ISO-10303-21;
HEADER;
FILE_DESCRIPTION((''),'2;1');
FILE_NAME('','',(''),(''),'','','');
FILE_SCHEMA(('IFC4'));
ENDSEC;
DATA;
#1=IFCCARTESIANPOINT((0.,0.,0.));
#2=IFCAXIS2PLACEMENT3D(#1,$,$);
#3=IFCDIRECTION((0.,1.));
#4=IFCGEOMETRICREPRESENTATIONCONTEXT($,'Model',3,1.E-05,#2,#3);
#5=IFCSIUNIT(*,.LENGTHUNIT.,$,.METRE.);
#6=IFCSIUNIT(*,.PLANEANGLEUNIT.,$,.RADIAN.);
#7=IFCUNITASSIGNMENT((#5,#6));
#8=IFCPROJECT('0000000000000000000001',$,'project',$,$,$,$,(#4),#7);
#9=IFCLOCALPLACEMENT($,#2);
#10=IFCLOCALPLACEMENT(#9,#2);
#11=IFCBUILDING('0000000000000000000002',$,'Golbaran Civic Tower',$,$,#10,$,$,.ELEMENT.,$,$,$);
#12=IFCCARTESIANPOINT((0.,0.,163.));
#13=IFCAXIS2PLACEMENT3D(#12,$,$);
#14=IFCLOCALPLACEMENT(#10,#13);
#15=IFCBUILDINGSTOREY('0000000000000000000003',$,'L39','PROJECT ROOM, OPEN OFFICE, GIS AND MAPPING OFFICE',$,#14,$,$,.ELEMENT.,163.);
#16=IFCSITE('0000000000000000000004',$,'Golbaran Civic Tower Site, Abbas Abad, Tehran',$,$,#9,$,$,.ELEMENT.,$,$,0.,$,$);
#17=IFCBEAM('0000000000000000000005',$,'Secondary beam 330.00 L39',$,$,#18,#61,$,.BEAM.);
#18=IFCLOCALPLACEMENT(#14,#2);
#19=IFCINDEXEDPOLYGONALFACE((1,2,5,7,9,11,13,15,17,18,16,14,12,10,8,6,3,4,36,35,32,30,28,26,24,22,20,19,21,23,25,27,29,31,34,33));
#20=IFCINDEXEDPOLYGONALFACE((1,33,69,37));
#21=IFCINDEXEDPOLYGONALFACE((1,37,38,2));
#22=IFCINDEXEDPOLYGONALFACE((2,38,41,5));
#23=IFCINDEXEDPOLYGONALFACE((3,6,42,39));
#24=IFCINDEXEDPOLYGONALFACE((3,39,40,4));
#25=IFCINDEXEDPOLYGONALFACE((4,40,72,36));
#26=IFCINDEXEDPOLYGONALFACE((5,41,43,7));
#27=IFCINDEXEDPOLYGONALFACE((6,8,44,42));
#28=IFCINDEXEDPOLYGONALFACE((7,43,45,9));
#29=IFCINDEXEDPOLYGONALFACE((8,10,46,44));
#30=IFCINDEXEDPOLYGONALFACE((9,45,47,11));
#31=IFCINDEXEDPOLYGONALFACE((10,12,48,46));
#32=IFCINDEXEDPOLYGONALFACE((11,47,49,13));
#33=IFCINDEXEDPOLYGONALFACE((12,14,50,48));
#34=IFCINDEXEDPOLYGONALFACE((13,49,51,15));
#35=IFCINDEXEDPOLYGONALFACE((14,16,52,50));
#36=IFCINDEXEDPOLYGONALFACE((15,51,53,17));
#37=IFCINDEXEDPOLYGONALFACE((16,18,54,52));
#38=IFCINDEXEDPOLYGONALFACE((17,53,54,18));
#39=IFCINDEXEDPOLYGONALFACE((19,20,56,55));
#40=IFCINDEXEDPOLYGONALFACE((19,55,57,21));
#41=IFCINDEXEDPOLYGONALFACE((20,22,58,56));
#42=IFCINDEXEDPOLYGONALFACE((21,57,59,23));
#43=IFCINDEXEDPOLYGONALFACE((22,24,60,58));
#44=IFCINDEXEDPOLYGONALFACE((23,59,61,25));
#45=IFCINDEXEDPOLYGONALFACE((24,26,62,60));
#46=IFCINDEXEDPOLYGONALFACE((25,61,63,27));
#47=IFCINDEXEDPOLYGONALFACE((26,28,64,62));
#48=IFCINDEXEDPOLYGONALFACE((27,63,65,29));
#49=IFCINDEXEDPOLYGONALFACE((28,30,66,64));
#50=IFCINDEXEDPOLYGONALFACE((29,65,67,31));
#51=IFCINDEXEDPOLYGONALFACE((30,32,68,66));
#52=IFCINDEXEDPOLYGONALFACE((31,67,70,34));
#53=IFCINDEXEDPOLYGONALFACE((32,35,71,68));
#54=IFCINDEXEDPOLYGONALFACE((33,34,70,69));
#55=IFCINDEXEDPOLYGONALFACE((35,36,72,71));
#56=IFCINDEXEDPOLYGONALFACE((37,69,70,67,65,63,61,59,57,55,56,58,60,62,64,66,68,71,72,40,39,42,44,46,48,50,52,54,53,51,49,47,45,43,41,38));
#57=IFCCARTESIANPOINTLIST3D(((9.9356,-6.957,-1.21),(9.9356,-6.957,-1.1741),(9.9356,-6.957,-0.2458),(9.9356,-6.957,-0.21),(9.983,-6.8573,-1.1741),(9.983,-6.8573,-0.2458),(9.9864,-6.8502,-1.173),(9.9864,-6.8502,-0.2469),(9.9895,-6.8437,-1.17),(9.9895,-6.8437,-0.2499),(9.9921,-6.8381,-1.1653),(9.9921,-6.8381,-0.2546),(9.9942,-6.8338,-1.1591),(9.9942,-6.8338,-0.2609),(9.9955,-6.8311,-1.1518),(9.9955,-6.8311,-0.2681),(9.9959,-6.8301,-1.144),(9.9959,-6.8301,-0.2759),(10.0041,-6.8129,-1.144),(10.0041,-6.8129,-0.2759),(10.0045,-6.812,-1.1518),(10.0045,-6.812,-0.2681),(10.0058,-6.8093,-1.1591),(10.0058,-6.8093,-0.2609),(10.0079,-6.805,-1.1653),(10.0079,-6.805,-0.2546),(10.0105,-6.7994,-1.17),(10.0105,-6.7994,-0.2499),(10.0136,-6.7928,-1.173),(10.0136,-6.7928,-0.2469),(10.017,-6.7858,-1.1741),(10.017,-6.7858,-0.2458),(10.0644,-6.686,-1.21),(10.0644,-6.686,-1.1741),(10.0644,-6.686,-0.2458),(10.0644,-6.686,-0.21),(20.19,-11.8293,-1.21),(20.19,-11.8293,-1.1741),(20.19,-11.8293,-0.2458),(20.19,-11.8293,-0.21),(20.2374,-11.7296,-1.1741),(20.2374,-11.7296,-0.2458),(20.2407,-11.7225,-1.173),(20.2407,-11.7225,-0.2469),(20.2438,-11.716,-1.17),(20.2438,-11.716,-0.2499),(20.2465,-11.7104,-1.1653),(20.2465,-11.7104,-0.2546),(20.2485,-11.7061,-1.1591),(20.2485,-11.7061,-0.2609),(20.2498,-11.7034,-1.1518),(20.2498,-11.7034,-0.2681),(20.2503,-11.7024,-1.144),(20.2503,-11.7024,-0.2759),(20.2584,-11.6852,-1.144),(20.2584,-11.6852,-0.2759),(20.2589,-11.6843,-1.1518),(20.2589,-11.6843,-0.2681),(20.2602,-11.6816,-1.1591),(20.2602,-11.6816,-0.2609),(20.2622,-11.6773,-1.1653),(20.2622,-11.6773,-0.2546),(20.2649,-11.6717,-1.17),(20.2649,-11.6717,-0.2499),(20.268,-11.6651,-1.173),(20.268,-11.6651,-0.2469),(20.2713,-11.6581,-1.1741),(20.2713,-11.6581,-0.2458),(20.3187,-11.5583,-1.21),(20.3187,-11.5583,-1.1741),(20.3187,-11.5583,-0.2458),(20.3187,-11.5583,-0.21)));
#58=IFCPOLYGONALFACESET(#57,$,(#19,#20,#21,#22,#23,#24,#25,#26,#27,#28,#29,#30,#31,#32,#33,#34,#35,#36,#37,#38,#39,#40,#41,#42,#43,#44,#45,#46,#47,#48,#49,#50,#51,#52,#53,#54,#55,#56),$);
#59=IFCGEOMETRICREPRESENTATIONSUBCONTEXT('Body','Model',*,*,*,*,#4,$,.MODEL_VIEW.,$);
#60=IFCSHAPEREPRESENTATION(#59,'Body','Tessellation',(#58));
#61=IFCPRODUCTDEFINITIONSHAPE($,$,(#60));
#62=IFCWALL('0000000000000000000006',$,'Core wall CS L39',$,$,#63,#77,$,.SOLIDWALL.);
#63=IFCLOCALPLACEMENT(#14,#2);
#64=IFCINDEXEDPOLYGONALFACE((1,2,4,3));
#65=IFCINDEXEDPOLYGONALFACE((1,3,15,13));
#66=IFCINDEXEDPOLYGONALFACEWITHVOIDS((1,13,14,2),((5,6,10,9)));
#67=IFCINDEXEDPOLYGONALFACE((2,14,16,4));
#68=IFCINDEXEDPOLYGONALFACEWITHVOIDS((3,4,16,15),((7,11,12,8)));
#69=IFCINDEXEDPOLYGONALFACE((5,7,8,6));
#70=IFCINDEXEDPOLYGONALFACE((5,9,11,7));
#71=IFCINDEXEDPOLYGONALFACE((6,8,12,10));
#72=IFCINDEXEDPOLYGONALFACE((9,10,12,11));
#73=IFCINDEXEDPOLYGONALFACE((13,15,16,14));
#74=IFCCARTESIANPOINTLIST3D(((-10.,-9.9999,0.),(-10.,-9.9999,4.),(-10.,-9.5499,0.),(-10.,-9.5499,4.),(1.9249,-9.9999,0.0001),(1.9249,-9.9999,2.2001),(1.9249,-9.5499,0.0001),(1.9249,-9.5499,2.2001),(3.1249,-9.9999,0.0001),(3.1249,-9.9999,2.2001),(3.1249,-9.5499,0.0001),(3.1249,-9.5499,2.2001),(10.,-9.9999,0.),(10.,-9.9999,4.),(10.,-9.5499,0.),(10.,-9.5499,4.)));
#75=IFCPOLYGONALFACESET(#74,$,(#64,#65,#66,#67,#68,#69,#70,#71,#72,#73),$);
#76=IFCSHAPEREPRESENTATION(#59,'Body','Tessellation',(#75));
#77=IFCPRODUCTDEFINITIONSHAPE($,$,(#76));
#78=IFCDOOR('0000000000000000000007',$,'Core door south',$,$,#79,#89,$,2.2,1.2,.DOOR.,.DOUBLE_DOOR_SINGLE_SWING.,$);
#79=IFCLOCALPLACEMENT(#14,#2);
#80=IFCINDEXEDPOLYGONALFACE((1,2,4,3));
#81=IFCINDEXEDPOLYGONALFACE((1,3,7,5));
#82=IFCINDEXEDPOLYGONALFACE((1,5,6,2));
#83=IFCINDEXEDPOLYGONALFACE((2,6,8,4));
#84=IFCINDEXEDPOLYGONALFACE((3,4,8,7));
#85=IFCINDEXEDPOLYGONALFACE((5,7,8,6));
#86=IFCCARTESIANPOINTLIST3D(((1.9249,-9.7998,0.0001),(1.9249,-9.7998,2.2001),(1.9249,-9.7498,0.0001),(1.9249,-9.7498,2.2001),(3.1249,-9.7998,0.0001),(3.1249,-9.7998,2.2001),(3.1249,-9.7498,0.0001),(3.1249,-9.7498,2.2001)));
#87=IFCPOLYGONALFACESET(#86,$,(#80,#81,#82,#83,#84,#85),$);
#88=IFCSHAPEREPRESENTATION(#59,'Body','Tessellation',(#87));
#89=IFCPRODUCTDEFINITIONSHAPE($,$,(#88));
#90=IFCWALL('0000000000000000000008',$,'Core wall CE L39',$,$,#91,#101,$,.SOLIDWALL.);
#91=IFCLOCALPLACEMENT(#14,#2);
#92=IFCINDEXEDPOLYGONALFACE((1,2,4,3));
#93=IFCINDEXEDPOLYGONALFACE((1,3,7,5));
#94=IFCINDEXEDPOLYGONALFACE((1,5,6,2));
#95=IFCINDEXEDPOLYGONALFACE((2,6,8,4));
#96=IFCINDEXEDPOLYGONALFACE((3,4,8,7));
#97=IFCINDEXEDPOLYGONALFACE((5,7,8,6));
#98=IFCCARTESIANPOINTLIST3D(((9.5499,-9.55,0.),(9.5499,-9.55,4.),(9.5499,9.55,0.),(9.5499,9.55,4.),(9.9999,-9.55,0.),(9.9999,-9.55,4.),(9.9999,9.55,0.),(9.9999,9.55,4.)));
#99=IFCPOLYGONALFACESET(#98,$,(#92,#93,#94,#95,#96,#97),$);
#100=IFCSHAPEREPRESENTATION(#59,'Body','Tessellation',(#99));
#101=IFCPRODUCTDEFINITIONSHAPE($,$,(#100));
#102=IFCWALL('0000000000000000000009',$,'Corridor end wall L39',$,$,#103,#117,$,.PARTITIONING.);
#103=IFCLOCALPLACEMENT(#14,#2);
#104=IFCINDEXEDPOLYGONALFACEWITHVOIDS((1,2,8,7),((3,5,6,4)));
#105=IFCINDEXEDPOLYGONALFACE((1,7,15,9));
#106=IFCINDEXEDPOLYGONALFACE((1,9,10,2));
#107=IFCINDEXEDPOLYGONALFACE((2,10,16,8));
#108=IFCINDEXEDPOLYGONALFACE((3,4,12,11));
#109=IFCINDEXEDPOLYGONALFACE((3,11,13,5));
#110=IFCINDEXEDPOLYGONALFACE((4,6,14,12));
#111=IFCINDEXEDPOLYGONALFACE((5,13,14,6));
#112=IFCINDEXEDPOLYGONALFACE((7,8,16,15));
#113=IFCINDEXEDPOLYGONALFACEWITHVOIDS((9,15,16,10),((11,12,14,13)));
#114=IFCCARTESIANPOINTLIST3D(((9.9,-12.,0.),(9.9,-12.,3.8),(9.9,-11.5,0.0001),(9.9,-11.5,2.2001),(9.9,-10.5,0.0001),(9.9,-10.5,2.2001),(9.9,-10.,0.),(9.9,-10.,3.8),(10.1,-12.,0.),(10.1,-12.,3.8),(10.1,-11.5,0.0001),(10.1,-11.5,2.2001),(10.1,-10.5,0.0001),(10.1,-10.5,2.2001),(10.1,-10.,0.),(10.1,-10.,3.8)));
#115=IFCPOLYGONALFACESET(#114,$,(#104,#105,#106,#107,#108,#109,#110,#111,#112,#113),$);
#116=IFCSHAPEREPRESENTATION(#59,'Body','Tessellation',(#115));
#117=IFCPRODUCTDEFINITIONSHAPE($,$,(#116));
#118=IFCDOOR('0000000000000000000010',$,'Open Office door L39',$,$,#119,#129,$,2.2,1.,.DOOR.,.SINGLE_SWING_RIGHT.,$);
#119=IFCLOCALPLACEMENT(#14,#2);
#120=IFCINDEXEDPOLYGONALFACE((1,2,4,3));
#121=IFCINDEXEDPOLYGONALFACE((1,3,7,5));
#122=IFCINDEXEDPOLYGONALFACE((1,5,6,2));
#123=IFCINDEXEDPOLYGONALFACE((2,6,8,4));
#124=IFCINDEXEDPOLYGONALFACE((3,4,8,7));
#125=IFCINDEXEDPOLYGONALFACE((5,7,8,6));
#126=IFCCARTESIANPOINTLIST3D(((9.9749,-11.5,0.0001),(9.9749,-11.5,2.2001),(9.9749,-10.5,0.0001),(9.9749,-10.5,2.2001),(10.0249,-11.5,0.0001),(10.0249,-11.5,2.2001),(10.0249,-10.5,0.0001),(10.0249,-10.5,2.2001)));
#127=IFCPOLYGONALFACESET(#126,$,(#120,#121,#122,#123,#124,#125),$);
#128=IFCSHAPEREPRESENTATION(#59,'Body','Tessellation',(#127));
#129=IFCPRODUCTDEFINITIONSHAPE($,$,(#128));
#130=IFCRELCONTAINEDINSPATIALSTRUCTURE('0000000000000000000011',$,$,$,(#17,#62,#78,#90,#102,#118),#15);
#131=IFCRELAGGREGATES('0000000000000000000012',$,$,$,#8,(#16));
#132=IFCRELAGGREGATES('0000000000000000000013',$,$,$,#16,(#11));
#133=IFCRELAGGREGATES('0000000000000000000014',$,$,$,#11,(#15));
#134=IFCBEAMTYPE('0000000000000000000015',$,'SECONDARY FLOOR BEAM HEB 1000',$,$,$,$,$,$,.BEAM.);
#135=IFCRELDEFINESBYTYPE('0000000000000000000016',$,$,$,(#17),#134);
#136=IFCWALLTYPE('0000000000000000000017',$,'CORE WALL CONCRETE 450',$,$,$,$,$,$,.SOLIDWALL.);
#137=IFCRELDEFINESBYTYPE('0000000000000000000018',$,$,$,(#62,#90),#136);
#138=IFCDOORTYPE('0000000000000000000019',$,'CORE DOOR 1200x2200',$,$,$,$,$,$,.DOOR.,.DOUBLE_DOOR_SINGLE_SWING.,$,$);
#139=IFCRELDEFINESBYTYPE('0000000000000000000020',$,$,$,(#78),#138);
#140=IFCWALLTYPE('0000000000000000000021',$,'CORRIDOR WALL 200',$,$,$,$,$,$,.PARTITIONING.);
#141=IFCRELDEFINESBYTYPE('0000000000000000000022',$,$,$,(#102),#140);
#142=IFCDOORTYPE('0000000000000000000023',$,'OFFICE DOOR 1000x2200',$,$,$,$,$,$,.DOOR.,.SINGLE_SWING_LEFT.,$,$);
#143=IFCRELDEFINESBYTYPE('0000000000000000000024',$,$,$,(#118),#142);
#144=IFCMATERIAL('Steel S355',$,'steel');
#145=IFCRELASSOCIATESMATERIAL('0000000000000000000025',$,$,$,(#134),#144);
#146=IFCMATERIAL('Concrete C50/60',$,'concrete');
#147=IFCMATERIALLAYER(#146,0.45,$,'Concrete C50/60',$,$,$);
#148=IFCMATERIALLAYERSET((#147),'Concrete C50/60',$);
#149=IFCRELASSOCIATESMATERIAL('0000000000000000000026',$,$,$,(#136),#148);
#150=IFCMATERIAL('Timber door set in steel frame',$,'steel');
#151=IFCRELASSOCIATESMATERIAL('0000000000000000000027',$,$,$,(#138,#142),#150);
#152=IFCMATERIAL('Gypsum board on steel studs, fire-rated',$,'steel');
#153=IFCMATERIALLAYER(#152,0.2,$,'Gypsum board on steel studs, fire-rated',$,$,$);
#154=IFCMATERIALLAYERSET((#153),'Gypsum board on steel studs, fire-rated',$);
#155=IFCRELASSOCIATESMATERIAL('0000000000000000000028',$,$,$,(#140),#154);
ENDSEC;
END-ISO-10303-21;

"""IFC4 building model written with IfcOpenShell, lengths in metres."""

from ifc_helpers import new_model, si_unit, direction, frame, frame_2d, origin, origin_2d, place, context, subcontext, project, spatial, rectangle, i_section, extrude, material, layer, layer_set, material_profile, profile_set, type_object, element, fill, save


model = new_model("IFC4")

# Units and contexts
model_context = context("Model", 3, precision=1e-05, world=origin(), true_north=direction((0.0, 1.0)))
body_context = subcontext(model_context, "Body", "Model", "MODEL_VIEW")
ifc_project = project(units=[si_unit("LENGTHUNIT", "METRE"), si_unit("PLANEANGLEUNIT", "RADIAN")], contexts=[model_context])

# Site, building, storey
site_placement = place(None, origin())
site = spatial("IfcSite", under=ifc_project, at=site_placement, Name="Golbaran Civic Tower Site, Abbas Abad, Tehran", CompositionType="ELEMENT", RefElevation=0.0)
building_placement = place(site_placement, origin())
building = spatial("IfcBuilding", under=site, at=building_placement, Name="Golbaran Civic Tower", CompositionType="ELEMENT")
storey_placement = place(building_placement, frame((0.0, 0.0, 163.0)))
storey = spatial("IfcBuildingStorey", under=building, at=storey_placement, Name="L39", Description="PROJECT ROOM, OPEN OFFICE, GIS AND MAPPING OFFICE", CompositionType="ELEMENT", Elevation=163.0)

# Beam
ifc_material_1 = material(Name="Steel S355", Category="steel")
ifc_material_profile_1 = material_profile(ifc_material_1, i_section(OverallWidth=0.3, OverallDepth=1.0, WebThickness=0.019, FlangeThickness=0.0359, FilletRadius=0.03, at=origin_2d()), Name="HEB 1000")
ifc_profile_set_1 = profile_set([ifc_material_profile_1], Name="Steel S355")
beam_type_1 = type_object("IfcBeamType", Name="SECONDARY FLOOR BEAM HEB 1000", PredefinedType="BEAM", material=ifc_profile_set_1)
beam_1_placement = place(storey_placement, frame((10.0, -6.8215, -0.71), z_axis=(0.903227, -0.429163, 0.0), x_axis=(0.429163, 0.903227, 0.0)))
element("IfcBeam", 1, at=beam_1_placement, inside=storey, type_object=beam_type_1, Name="Secondary beam 330.00 L39", PredefinedType="BEAM", context=body_context, shape_type="SweptSolid", body=[
    extrude(i_section(OverallWidth=0.3, OverallDepth=1.0, WebThickness=0.019, FlangeThickness=0.0359, FilletRadius=0.03, at=origin_2d()), origin(), (0.0, 0.0, 1.0), 11.353),
])

# Wall, opening, door
ifc_material_2 = material(Name="Concrete C50/60", Category="concrete")
ifc_layer_1 = layer(ifc_material_2, 0.45, Name="Concrete C50/60")
ifc_layer_set_1 = layer_set([ifc_layer_1], Name="Concrete C50/60")
wall_type_1 = type_object("IfcWallType", Name="CORE WALL CONCRETE 450", PredefinedType="SOLIDWALL", material=ifc_layer_set_1)
wall_1_placement = place(storey_placement, frame((10.0, -9.7749, 0.0), z_axis=(0.0, 0.0, 1.0), x_axis=(-1.0, 0.0, 0.0)))
wall_1 = element("IfcWall", 2, at=wall_1_placement, inside=storey, type_object=wall_type_1, Name="Core wall CS L39", PredefinedType="SOLIDWALL", context=body_context, shape_type="SweptSolid", body=[
    extrude(rectangle(XDim=20.0, YDim=0.45, at=frame_2d((10.0, 0.0))), origin(), (0.0, 0.0, 1.0), 4.0),
])
opening_1_placement = place(wall_1_placement, frame((6.875, 0.0, 0.0)))
opening_1 = element("IfcOpeningElement", 3, at=opening_1_placement, cuts=wall_1, PredefinedType="OPENING", context=body_context, shape_type="SweptSolid", body=[
    extrude(rectangle(XDim=1.2, YDim=2.2, at=frame_2d((0.6001, 1.1001))), frame((0.0, 0.2349, 0.0), z_axis=(0.0, -1.0, 0.0), x_axis=(1.0, 0.0, 0.0)), (0.0, 0.0, 1.0), 0.47),
])
ifc_material_3 = material(Name="Timber door set in steel frame", Category="steel")
door_type_1 = type_object("IfcDoorType", Name="CORE DOOR 1200x2200", OperationType="DOUBLE_DOOR_SINGLE_SWING", PredefinedType="DOOR", material=ifc_material_3)
door_1_placement = place(opening_1_placement, origin())
door_1 = element("IfcDoor", 4, at=door_1_placement, inside=storey, type_object=door_type_1, Name="Core door south", OperationType="DOUBLE_DOOR_SINGLE_SWING", OverallHeight=2.2, OverallWidth=1.2, PredefinedType="DOOR", context=body_context, shape_type="SweptSolid", body=[
    extrude(rectangle(XDim=1.2, YDim=2.2, at=frame_2d((0.6001, 1.1001))), frame((0.0, 0.0249, 0.0), z_axis=(0.0, -1.0, 0.0), x_axis=(1.0, 0.0, 0.0)), (0.0, 0.0, 1.0), 0.05),
])
fill(opening_1, door_1)

# Wall
wall_2_placement = place(storey_placement, frame((9.7749, -9.55, 0.0), z_axis=(0.0, 0.0, 1.0), x_axis=(0.0, 1.0, 0.0)))
element("IfcWall", 5, at=wall_2_placement, inside=storey, type_object=wall_type_1, Name="Core wall CE L39", PredefinedType="SOLIDWALL", context=body_context, shape_type="SweptSolid", body=[
    extrude(rectangle(XDim=19.1001, YDim=0.45, at=frame_2d((9.55, 0.0))), origin(), (0.0, 0.0, 1.0), 4.0),
])

# Wall, opening, door
ifc_material_4 = material(Name="Gypsum board on steel studs, fire-rated", Category="steel")
ifc_layer_2 = layer(ifc_material_4, 0.2, Name="Gypsum board on steel studs, fire-rated")
ifc_layer_set_2 = layer_set([ifc_layer_2], Name="Gypsum board on steel studs, fire-rated")
wall_type_2 = type_object("IfcWallType", Name="CORRIDOR WALL 200", PredefinedType="PARTITIONING", material=ifc_layer_set_2)
wall_3_placement = place(storey_placement, frame((10.0, -10.0, 0.0), z_axis=(0.0, 0.0, 1.0), x_axis=(0.0, -1.0, 0.0)))
wall_3 = element("IfcWall", 6, at=wall_3_placement, inside=storey, type_object=wall_type_2, Name="Corridor end wall L39", PredefinedType="PARTITIONING", context=body_context, shape_type="SweptSolid", body=[
    extrude(rectangle(XDim=2.0, YDim=0.2, at=frame_2d((1.0, 0.0))), origin(), (0.0, 0.0, 1.0), 3.8),
])
opening_2_placement = place(wall_3_placement, frame((0.5, 0.0, 0.0)))
opening_2 = element("IfcOpeningElement", 7, at=opening_2_placement, cuts=wall_3, PredefinedType="OPENING", context=body_context, shape_type="SweptSolid", body=[
    extrude(rectangle(XDim=1.0, YDim=2.2, at=frame_2d((0.5, 1.1001))), frame((0.0, 0.1099, 0.0), z_axis=(0.0, -1.0, 0.0), x_axis=(1.0, 0.0, 0.0)), (0.0, 0.0, 1.0), 0.22),
])
door_type_2 = type_object("IfcDoorType", Name="OFFICE DOOR 1000x2200", OperationType="SINGLE_SWING_LEFT", PredefinedType="DOOR", material=ifc_material_3)
door_2_placement = place(opening_2_placement, origin())
door_2 = element("IfcDoor", 8, at=door_2_placement, inside=storey, type_object=door_type_2, Name="Open Office door L39", OperationType="SINGLE_SWING_RIGHT", OverallHeight=2.2, OverallWidth=1.0, PredefinedType="DOOR", context=body_context, shape_type="SweptSolid", body=[
    extrude(rectangle(XDim=1.0, YDim=2.2, at=frame_2d((0.5, 1.1001))), frame((0.0, 0.0249, 0.0), z_axis=(0.0, -1.0, 0.0), x_axis=(1.0, 0.0, 0.0)), (0.0, 0.0, 1.0), 0.05),
])
fill(opening_2, door_2)

save(model, "model.ifc")
